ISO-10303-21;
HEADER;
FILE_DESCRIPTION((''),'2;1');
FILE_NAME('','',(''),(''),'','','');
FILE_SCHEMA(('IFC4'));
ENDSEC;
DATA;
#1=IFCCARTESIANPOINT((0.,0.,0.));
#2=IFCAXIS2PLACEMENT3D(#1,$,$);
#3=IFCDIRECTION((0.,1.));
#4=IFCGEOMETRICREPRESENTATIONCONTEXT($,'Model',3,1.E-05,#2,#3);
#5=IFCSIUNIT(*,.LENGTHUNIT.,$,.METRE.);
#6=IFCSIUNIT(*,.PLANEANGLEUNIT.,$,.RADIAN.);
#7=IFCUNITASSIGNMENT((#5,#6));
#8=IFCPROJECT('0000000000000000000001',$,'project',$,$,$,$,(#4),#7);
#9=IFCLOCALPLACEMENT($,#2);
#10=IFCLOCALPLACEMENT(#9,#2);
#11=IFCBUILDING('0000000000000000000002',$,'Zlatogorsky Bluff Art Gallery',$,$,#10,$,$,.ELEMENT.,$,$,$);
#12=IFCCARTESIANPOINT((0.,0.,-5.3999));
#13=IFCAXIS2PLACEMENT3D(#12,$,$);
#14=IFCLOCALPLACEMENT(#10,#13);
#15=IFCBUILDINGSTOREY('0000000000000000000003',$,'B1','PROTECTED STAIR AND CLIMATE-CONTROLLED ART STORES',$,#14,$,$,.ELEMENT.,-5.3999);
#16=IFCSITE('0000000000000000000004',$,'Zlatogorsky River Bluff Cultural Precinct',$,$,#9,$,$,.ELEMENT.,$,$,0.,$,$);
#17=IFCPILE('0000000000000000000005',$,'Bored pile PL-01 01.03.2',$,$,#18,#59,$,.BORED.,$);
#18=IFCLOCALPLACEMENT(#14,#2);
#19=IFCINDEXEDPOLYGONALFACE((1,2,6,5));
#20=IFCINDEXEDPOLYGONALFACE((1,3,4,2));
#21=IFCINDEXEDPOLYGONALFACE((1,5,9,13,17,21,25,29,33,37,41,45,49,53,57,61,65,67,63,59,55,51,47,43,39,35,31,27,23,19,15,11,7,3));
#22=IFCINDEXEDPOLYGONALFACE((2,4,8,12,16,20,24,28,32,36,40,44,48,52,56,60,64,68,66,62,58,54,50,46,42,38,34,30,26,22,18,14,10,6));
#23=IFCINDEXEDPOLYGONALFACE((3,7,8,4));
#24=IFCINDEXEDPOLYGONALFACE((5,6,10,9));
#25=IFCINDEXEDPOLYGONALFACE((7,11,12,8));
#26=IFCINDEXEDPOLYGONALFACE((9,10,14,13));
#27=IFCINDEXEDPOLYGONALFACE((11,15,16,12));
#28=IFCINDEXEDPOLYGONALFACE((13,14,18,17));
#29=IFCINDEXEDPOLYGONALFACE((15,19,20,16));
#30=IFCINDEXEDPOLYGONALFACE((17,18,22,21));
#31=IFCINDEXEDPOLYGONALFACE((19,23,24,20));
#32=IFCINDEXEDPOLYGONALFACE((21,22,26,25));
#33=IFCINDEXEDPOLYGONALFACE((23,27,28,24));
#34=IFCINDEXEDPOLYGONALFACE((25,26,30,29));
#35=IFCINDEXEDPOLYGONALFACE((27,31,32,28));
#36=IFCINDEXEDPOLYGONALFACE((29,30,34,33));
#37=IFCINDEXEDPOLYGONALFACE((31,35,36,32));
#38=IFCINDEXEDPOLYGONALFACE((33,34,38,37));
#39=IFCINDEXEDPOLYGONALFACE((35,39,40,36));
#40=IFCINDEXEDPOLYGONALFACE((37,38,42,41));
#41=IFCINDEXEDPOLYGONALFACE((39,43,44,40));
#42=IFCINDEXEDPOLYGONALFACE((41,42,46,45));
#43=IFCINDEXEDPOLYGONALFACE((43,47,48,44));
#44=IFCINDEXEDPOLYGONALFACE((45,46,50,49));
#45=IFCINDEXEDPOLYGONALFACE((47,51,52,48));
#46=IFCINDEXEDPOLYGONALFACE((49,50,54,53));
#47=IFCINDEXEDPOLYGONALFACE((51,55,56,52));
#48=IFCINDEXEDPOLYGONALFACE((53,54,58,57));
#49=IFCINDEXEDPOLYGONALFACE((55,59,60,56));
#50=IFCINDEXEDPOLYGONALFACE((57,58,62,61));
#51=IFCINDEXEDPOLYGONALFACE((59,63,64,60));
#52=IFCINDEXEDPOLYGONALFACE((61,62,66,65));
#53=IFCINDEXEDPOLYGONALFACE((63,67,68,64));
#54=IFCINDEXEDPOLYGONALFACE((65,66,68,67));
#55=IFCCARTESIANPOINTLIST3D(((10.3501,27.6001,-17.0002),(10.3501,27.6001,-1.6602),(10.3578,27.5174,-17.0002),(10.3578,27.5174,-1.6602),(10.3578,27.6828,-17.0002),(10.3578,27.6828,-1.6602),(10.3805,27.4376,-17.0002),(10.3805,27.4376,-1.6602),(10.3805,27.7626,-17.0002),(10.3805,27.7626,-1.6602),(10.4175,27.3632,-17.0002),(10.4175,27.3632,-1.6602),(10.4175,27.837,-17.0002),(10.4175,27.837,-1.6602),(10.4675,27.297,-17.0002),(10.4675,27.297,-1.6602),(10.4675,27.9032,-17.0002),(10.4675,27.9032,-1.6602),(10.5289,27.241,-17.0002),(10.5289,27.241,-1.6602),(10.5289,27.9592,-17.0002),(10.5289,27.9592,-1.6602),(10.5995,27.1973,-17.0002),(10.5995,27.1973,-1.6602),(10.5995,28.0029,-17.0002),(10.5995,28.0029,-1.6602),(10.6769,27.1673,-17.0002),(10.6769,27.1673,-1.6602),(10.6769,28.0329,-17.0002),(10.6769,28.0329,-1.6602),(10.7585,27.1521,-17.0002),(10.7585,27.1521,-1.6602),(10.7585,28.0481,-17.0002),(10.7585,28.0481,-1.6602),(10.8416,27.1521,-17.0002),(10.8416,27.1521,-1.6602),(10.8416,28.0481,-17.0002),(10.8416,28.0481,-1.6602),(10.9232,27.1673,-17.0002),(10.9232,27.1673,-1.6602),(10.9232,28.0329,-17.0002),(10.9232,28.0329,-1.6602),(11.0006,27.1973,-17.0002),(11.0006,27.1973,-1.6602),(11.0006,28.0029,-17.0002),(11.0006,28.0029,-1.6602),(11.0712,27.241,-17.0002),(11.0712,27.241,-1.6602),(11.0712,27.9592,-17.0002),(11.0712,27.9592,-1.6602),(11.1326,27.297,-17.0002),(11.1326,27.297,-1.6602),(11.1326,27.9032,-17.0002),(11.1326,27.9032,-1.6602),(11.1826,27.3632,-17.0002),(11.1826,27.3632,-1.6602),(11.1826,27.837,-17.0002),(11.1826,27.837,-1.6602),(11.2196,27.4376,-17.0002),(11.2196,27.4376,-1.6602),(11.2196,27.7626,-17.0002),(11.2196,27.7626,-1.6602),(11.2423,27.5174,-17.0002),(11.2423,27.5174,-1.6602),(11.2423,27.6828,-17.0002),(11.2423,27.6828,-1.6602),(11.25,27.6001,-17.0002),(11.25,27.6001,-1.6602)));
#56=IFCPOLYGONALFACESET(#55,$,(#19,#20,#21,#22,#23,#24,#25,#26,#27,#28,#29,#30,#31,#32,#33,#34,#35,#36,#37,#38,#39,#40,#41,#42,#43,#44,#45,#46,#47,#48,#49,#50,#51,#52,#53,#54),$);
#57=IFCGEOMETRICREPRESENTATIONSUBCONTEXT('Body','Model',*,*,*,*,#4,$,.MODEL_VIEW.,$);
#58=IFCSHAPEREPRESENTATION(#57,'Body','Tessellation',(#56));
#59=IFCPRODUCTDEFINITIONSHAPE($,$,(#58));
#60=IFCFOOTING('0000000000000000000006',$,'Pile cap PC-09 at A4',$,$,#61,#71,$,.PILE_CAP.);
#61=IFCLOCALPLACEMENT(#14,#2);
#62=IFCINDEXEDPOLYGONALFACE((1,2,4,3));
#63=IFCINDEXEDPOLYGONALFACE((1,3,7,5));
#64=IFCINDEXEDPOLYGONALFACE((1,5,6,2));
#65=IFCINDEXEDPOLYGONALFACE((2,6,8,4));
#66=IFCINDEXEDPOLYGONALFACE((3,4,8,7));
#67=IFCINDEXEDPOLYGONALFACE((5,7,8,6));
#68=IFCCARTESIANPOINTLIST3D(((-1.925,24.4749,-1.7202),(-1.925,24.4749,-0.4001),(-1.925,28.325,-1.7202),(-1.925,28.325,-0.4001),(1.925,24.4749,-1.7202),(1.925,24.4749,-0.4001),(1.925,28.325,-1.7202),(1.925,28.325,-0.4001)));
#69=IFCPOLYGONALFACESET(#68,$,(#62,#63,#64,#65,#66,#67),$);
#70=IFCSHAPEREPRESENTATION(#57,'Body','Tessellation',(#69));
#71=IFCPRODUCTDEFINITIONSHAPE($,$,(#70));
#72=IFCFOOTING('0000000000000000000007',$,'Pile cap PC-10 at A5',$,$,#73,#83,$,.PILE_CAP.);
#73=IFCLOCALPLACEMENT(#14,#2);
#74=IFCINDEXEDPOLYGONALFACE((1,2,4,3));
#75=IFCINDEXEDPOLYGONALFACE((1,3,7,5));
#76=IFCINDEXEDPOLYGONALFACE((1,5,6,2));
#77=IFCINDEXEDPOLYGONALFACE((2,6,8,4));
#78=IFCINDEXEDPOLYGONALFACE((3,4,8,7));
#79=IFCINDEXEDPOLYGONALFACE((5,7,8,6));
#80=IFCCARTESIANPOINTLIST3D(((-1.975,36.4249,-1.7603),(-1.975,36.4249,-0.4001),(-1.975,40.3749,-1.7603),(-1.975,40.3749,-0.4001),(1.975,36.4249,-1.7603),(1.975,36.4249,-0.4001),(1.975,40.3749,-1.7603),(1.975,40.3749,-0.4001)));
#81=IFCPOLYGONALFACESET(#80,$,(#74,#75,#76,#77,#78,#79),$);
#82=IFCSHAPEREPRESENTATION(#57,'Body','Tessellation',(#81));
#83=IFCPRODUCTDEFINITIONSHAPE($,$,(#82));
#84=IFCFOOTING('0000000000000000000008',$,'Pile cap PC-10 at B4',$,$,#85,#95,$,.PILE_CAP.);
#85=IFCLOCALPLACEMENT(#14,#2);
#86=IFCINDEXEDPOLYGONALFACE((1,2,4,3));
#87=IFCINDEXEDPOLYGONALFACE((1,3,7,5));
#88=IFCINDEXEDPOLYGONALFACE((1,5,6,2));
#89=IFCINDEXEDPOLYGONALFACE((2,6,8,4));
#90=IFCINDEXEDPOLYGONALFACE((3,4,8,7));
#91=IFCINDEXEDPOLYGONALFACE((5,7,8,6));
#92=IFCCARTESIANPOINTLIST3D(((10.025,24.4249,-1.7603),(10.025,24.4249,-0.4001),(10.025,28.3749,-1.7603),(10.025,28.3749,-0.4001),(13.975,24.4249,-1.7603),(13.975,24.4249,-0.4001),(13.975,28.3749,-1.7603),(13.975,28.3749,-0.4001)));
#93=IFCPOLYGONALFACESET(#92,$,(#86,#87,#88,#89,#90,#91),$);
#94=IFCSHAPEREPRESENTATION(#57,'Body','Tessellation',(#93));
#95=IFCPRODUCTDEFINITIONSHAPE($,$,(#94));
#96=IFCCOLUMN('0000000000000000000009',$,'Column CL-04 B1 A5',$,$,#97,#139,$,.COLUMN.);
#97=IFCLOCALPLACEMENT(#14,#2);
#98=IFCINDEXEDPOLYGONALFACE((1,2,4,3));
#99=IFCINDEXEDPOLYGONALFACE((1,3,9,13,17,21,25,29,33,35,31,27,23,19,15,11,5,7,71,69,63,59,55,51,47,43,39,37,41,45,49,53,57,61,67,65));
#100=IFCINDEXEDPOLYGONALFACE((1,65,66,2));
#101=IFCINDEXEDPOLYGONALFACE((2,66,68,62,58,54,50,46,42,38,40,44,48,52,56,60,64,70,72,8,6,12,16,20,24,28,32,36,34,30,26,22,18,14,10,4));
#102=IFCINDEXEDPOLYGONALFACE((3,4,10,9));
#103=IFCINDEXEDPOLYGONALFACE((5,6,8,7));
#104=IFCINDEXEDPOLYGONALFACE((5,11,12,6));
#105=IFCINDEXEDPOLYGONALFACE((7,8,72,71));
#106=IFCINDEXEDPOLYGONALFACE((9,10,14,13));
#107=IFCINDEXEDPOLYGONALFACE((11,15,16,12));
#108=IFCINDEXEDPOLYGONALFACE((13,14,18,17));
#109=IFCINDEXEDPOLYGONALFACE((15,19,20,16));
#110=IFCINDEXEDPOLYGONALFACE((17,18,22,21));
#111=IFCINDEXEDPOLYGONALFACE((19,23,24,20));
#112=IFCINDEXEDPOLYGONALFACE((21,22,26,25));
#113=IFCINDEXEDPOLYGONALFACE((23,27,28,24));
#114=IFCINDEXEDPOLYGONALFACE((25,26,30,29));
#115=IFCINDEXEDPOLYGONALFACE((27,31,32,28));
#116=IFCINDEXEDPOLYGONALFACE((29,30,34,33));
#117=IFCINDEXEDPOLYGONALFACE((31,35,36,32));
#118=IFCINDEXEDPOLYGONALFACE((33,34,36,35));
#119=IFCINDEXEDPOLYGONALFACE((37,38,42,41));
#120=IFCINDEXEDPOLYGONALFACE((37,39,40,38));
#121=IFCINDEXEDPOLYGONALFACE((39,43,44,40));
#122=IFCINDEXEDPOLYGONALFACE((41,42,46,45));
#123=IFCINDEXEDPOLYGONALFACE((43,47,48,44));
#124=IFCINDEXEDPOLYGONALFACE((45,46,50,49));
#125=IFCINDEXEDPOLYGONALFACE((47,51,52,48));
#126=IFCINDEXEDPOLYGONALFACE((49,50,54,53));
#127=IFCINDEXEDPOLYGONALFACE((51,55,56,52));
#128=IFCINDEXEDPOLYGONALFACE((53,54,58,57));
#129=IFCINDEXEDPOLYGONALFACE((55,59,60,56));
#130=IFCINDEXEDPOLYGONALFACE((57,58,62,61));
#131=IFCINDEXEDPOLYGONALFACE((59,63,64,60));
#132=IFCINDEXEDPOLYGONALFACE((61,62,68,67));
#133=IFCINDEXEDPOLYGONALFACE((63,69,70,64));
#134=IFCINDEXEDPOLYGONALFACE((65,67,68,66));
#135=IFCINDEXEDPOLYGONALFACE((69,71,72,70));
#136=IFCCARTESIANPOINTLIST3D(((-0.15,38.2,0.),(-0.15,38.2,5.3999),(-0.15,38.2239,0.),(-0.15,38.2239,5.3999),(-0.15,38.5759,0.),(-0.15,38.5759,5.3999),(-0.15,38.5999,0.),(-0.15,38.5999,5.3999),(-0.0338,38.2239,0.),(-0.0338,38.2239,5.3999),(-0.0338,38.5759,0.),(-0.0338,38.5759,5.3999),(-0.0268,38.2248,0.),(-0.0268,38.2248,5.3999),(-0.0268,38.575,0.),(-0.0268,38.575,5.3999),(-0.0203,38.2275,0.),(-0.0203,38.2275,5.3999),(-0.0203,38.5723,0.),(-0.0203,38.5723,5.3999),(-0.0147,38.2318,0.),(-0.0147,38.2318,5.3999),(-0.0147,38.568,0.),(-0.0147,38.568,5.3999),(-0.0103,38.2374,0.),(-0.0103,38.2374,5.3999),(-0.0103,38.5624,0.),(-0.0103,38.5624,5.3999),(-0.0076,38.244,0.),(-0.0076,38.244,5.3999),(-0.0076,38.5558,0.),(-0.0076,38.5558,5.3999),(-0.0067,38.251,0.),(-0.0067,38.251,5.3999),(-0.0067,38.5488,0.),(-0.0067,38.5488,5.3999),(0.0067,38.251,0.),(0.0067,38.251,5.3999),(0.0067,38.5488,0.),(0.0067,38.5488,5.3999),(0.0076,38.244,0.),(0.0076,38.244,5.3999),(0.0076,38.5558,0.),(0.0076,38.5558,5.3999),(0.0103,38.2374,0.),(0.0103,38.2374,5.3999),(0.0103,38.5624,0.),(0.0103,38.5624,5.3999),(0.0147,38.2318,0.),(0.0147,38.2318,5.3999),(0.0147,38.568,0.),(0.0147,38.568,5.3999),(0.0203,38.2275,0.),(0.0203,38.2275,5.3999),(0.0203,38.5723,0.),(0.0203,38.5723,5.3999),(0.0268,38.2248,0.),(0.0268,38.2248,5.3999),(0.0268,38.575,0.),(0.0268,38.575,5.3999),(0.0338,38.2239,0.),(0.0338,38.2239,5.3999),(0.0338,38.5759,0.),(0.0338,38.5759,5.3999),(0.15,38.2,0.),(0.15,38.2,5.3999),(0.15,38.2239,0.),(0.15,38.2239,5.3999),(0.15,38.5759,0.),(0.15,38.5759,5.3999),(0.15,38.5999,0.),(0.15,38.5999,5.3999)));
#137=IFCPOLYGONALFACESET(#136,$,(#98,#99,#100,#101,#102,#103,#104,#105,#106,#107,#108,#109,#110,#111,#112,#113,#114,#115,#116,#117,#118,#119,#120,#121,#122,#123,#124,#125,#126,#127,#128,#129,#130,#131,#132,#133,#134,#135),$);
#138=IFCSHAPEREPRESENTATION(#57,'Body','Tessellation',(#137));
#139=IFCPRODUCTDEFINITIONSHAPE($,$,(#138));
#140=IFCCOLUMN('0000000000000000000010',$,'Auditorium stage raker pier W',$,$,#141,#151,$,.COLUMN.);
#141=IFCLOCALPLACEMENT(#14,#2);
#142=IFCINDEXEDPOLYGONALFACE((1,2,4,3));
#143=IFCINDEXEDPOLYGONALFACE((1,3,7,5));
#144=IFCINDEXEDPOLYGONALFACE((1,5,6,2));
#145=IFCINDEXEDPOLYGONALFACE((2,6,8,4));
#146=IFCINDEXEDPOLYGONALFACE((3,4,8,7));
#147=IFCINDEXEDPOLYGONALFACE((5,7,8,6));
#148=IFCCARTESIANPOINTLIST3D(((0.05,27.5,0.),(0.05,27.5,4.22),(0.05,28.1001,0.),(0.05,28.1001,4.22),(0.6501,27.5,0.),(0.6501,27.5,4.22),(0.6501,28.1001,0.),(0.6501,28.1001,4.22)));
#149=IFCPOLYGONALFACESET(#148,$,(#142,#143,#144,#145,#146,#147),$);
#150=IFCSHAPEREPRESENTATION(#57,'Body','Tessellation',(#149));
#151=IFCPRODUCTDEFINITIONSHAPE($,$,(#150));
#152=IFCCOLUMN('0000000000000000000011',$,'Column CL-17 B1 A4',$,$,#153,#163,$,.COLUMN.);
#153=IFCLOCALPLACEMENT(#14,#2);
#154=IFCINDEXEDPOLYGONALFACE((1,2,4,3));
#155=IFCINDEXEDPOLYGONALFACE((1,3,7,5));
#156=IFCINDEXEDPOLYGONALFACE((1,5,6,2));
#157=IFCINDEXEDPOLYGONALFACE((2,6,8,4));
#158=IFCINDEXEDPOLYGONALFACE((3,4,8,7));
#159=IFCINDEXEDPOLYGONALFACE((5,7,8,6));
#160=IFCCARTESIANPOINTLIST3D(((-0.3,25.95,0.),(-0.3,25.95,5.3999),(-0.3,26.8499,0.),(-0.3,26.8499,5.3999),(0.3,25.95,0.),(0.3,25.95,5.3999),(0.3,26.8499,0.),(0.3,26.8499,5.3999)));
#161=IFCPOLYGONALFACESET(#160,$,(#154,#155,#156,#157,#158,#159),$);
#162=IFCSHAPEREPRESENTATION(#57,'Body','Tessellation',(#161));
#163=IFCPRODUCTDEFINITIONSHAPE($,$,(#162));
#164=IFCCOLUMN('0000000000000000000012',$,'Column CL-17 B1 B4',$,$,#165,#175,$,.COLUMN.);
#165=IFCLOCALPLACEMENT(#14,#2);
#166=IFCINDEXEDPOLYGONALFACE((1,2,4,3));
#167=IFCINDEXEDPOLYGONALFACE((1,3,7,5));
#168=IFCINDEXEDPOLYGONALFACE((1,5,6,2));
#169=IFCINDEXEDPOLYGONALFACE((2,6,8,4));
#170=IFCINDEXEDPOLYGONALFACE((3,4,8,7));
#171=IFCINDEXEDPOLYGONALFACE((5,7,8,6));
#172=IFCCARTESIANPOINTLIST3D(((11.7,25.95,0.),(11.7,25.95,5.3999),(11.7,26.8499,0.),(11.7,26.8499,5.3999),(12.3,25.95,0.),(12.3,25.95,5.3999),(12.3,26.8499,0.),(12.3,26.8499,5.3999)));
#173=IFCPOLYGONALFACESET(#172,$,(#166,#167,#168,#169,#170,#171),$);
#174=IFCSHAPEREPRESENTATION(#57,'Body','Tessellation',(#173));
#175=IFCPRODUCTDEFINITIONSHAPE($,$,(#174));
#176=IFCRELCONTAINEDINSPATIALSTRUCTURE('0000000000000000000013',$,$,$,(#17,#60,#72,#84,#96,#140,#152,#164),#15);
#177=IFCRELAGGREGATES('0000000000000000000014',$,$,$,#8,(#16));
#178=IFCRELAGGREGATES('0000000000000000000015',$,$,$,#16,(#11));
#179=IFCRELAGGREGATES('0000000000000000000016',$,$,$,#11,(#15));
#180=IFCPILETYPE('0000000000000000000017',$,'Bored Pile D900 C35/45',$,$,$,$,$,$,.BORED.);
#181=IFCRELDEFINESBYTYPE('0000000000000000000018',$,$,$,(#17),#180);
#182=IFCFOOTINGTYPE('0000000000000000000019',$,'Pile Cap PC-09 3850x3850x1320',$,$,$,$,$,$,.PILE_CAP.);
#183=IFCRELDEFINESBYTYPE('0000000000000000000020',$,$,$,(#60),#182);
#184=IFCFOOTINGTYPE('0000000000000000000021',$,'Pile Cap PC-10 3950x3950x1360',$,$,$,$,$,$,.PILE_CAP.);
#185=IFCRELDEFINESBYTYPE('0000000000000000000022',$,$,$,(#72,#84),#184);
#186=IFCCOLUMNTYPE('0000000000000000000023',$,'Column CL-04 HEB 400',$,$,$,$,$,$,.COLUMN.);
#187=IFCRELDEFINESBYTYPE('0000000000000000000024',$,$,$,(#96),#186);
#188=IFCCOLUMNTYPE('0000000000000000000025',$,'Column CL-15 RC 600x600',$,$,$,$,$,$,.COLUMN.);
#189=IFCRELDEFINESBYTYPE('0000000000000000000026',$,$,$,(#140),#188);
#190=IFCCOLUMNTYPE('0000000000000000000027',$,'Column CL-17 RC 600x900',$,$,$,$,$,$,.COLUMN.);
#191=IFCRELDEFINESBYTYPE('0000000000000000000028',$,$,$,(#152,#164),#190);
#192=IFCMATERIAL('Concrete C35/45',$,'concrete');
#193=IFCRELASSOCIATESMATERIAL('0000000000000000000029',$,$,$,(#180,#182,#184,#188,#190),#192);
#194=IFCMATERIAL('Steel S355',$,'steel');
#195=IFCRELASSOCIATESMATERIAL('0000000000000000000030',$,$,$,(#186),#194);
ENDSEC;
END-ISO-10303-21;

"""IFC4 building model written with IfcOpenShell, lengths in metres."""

from ifc_helpers import new_model, si_unit, direction, frame, origin, origin_2d, place, context, subcontext, project, spatial, rectangle, circle, i_section, extrude, material, material_profile, profile_set, type_object, element, save


model = new_model("IFC4")

# Units and contexts
model_context = context("Model", 3, precision=1e-05, world=origin(), true_north=direction((0.0, 1.0)))
body_context = subcontext(model_context, "Body", "Model", "MODEL_VIEW")
ifc_project = project(units=[si_unit("LENGTHUNIT", "METRE"), si_unit("PLANEANGLEUNIT", "RADIAN")], contexts=[model_context])

# Site, building, storey
site_placement = place(None, origin())
site = spatial("IfcSite", under=ifc_project, at=site_placement, Name="Zlatogorsky River Bluff Cultural Precinct", CompositionType="ELEMENT", RefElevation=0.0)
building_placement = place(site_placement, origin())
building = spatial("IfcBuilding", under=site, at=building_placement, Name="Zlatogorsky Bluff Art Gallery", CompositionType="ELEMENT")
storey_placement = place(building_placement, frame((0.0, 0.0, -5.3999)))
storey = spatial("IfcBuildingStorey", under=building, at=storey_placement, Name="B1", Description="PROTECTED STAIR AND CLIMATE-CONTROLLED ART STORES", CompositionType="ELEMENT", Elevation=-5.3999)

# Pile
ifc_material_1 = material(Name="Concrete C35/45", Category="concrete")
ifc_material_profile_1 = material_profile(ifc_material_1, circle(Radius=0.45, at=origin_2d()), Name="BORED PILE D900")
ifc_profile_set_1 = profile_set([ifc_material_profile_1], Name="Concrete C35/45")
pile_type = type_object("IfcPileType", Name="Bored Pile D900 C35/45", PredefinedType="BORED", material=ifc_profile_set_1)
for number, where, z_axis, x_axis, name in (
    (1, (10.8, 27.6001, -1.6602), (0.0, 0.0, -1.0), (1.0, 0.0, 0.0), "Bored pile PL-01 01.03.2"),
):
    element("IfcPile", number, at=place(storey_placement, frame(where, z_axis=z_axis, x_axis=x_axis)), inside=storey, type_object=pile_type, Name=name, PredefinedType="BORED", context=body_context, shape_type="SweptSolid", body=[
        extrude(circle(Radius=0.45, at=origin_2d()), origin(), (0.0, 0.0, 1.0), 15.3401),
    ])

# Footings
footing_type_1 = type_object("IfcFootingType", Name="Pile Cap PC-09 3850x3850x1320", PredefinedType="PILE_CAP", material=ifc_material_1)
footing_placement = place(storey_placement, frame((0.0, 26.3999, -1.7202), z_axis=(0.0, 0.0, 1.0), x_axis=(1.0, 0.0, 0.0)))
element("IfcFooting", 2, at=footing_placement, inside=storey, type_object=footing_type_1, Name="Pile cap PC-09 at A4", PredefinedType="PILE_CAP", context=body_context, shape_type="SweptSolid", body=[
    extrude(rectangle(XDim=3.8501, YDim=3.8501, at=origin_2d()), origin(), (0.0, 0.0, 1.0), 1.3201),
])
footing_type_2 = type_object("IfcFootingType", Name="Pile Cap PC-10 3950x3950x1360", PredefinedType="PILE_CAP", material=ifc_material_1)
for number, where, z_axis, x_axis, name in (
    (3, (0.0, 38.3999, -1.7603), (0.0, 0.0, 1.0), (1.0, 0.0, 0.0), "Pile cap PC-10 at A5"),
    (4, (12.0, 26.3999, -1.7603), (0.0, 0.0, 1.0), (1.0, 0.0, 0.0), "Pile cap PC-10 at B4"),
):
    element("IfcFooting", number, at=place(storey_placement, frame(where, z_axis=z_axis, x_axis=x_axis)), inside=storey, type_object=footing_type_2, Name=name, PredefinedType="PILE_CAP", context=body_context, shape_type="SweptSolid", body=[
        extrude(rectangle(XDim=3.95, YDim=3.95, at=origin_2d()), origin(), (0.0, 0.0, 1.0), 1.3601),
    ])

# Columns
ifc_material_2 = material(Name="Steel S355", Category="steel")
ifc_material_profile_2 = material_profile(ifc_material_2, i_section(OverallWidth=0.3, OverallDepth=0.3999, WebThickness=0.0134, FlangeThickness=0.0239, FilletRadius=0.0271, at=origin_2d()), Name="HEB 400")
ifc_profile_set_2 = profile_set([ifc_material_profile_2], Name="Steel S355")
column_type_1 = type_object("IfcColumnType", Name="Column CL-04 HEB 400", PredefinedType="COLUMN", material=ifc_profile_set_2)
column_1_placement = place(storey_placement, frame((0.0, 38.3999, 0.0), z_axis=(0.0, 0.0, 1.0), x_axis=(1.0, 0.0, 0.0)))
element("IfcColumn", 5, at=column_1_placement, inside=storey, type_object=column_type_1, Name="Column CL-04 B1 A5", PredefinedType="COLUMN", context=body_context, shape_type="SweptSolid", body=[
    extrude(i_section(OverallWidth=0.3, OverallDepth=0.3999, WebThickness=0.0134, FlangeThickness=0.0239, FilletRadius=0.0271, at=origin_2d()), origin(), (0.0, 0.0, 1.0), 5.3999),
])
ifc_material_profile_3 = material_profile(ifc_material_1, rectangle(XDim=0.6001, YDim=0.6001, at=origin_2d()), Name="RC 600x600")
ifc_profile_set_3 = profile_set([ifc_material_profile_3], Name="Concrete C35/45")
column_type_2 = type_object("IfcColumnType", Name="Column CL-15 RC 600x600", PredefinedType="COLUMN", material=ifc_profile_set_3)
column_2_placement = place(storey_placement, frame((0.3501, 27.8, 0.0), z_axis=(0.0, 0.0, 1.0), x_axis=(1.0, 0.0, 0.0)))
element("IfcColumn", 6, at=column_2_placement, inside=storey, type_object=column_type_2, Name="Auditorium stage raker pier W", PredefinedType="COLUMN", context=body_context, shape_type="SweptSolid", body=[
    extrude(rectangle(XDim=0.6001, YDim=0.6001, at=origin_2d()), origin(), (0.0, 0.0, 1.0), 4.22),
])
ifc_material_profile_4 = material_profile(ifc_material_1, rectangle(XDim=0.6001, YDim=0.8999, at=origin_2d()), Name="RC 600x900")
ifc_profile_set_4 = profile_set([ifc_material_profile_4], Name="Concrete C35/45")
column_type_3 = type_object("IfcColumnType", Name="Column CL-17 RC 600x900", PredefinedType="COLUMN", material=ifc_profile_set_4)
for number, where, z_axis, x_axis, name in (
    (7, (0.0, 26.3999, 0.0), (0.0, 0.0, 1.0), (1.0, 0.0, 0.0), "Column CL-17 B1 A4"),
    (8, (12.0, 26.3999, 0.0), (0.0, 0.0, 1.0), (1.0, 0.0, 0.0), "Column CL-17 B1 B4"),
):
    element("IfcColumn", number, at=place(storey_placement, frame(where, z_axis=z_axis, x_axis=x_axis)), inside=storey, type_object=column_type_3, Name=name, PredefinedType="COLUMN", context=body_context, shape_type="SweptSolid", body=[
        extrude(rectangle(XDim=0.6001, YDim=0.8999, at=origin_2d()), origin(), (0.0, 0.0, 1.0), 5.3999),
    ])

save(model, "model.ifc")
